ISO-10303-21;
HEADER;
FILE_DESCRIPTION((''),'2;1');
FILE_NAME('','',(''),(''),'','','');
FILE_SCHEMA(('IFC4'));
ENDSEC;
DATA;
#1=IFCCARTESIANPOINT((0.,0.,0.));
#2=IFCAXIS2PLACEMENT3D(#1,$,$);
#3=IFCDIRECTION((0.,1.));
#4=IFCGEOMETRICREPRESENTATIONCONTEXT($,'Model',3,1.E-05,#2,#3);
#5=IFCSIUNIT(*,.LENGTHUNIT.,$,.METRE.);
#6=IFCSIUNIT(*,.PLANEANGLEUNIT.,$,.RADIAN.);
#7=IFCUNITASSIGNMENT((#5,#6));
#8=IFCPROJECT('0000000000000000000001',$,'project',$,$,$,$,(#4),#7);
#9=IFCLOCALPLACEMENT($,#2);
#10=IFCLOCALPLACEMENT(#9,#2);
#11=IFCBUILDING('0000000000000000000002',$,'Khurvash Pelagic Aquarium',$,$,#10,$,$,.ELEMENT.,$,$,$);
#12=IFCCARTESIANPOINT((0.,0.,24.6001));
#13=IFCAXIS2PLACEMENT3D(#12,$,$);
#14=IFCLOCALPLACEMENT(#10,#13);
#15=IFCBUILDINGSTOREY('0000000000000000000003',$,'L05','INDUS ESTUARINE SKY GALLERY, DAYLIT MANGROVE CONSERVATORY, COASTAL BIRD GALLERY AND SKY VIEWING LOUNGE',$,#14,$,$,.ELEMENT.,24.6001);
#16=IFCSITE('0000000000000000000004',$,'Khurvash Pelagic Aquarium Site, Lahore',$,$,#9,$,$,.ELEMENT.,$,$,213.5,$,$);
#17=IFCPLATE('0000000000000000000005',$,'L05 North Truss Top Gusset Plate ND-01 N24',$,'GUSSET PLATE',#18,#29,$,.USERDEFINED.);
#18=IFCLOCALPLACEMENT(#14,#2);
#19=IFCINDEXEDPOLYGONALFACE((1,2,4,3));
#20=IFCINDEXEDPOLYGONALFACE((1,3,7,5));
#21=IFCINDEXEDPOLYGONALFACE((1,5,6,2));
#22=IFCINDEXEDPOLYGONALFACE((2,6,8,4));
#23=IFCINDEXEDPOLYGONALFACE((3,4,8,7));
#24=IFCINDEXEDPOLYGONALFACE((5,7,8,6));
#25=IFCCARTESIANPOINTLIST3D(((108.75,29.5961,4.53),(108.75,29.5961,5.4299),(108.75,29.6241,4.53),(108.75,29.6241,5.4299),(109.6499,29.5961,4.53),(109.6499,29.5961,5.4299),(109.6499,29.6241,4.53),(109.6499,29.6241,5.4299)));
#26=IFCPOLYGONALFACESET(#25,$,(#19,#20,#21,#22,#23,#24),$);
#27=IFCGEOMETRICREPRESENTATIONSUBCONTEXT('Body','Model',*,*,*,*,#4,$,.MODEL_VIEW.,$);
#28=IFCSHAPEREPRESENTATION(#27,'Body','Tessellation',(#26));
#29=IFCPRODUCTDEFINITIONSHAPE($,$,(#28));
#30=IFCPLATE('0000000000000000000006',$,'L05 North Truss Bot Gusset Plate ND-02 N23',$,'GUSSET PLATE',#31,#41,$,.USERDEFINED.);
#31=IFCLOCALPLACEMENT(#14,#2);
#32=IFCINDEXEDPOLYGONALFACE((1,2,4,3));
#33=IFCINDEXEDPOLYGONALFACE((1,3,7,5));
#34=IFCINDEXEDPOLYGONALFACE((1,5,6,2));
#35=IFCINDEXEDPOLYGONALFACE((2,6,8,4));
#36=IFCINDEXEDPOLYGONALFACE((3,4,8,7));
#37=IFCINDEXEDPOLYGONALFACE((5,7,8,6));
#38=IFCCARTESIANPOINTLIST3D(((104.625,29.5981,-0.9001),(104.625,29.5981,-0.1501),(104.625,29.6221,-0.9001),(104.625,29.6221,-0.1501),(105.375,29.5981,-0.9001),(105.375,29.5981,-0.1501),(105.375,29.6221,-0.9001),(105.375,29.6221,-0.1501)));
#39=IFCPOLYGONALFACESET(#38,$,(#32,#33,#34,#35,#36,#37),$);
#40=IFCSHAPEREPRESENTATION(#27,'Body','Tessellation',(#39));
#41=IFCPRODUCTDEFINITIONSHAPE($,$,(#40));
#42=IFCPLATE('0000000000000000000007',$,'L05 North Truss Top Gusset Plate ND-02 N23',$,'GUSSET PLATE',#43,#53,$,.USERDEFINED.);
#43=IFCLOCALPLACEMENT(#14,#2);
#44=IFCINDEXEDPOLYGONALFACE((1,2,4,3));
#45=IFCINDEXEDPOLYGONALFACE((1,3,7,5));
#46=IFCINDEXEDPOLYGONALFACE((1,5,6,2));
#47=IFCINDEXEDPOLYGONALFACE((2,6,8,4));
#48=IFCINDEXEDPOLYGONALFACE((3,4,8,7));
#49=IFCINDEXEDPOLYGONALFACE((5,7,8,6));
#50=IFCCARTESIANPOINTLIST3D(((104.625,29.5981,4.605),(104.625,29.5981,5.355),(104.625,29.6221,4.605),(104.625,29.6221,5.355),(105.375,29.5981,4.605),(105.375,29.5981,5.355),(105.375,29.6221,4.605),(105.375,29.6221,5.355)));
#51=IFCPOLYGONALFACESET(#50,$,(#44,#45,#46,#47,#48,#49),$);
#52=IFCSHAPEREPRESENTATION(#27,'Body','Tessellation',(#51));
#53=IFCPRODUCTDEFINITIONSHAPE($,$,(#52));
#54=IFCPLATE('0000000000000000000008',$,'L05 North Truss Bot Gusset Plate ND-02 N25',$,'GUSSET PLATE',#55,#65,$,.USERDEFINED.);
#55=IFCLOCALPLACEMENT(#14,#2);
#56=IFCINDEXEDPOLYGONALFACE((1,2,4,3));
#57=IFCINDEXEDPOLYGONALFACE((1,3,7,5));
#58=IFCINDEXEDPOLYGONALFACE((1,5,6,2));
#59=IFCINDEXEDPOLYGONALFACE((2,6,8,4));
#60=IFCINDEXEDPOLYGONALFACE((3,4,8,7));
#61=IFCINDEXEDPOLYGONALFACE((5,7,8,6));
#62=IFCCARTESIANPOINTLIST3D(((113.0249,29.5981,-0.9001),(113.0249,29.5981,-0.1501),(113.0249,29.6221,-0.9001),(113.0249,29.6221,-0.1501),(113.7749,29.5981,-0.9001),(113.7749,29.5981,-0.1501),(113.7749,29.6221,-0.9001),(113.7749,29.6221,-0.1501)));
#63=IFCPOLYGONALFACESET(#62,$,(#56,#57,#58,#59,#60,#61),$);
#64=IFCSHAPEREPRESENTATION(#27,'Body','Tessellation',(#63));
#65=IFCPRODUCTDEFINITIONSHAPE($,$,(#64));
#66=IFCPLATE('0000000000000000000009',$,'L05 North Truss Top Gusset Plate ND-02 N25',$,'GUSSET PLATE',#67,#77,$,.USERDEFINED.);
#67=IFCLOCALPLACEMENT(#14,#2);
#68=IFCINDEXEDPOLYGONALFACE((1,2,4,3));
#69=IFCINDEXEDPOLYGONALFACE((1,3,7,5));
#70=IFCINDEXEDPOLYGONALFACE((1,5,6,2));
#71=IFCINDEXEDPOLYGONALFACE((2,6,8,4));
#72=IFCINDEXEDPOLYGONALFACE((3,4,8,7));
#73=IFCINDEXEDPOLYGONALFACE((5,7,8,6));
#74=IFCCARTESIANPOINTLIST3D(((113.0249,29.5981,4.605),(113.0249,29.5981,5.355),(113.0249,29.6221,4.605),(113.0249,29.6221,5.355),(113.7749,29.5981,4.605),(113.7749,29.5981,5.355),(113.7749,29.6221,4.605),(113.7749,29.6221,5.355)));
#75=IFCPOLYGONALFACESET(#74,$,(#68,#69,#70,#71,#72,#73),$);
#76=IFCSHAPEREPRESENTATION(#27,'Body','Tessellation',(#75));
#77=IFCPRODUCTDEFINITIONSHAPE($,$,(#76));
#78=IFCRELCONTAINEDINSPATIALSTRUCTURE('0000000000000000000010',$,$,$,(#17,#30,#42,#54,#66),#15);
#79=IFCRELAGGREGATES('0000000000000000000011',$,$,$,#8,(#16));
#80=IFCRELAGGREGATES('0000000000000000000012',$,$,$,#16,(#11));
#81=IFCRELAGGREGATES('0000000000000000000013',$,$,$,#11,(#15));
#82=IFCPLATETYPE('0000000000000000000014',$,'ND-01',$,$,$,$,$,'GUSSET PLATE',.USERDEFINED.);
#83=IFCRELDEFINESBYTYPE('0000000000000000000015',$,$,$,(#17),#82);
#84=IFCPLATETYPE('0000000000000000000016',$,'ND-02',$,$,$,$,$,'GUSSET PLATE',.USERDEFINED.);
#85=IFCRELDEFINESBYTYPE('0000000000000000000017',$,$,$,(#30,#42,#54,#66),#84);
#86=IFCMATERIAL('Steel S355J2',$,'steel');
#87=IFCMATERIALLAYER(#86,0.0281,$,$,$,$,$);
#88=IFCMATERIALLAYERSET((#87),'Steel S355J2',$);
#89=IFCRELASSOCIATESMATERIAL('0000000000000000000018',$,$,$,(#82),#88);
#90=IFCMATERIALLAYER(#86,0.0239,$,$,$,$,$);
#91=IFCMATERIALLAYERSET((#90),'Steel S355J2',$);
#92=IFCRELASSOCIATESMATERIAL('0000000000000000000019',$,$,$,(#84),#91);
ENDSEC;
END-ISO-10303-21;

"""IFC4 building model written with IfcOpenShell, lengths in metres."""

from ifc_helpers import new_model, si_unit, direction, frame, origin, origin_2d, place, context, subcontext, project, spatial, rectangle, extrude, material, layer, layer_set, type_object, element, save


model = new_model("IFC4")

# Units and contexts
model_context = context("Model", 3, precision=1e-05, world=origin(), true_north=direction((0.0, 1.0)))
body_context = subcontext(model_context, "Body", "Model", "MODEL_VIEW")
ifc_project = project(units=[si_unit("LENGTHUNIT", "METRE"), si_unit("PLANEANGLEUNIT", "RADIAN")], contexts=[model_context])

# Site, building, storey
site_placement = place(None, origin())
site = spatial("IfcSite", under=ifc_project, at=site_placement, Name="Khurvash Pelagic Aquarium Site, Lahore", CompositionType="ELEMENT", RefElevation=213.5)
building_placement = place(site_placement, origin())
building = spatial("IfcBuilding", under=site, at=building_placement, Name="Khurvash Pelagic Aquarium", CompositionType="ELEMENT")
storey_placement = place(building_placement, frame((0.0, 0.0, 24.6001)))
storey = spatial("IfcBuildingStorey", under=building, at=storey_placement, Name="L05", Description="INDUS ESTUARINE SKY GALLERY, DAYLIT MANGROVE CONSERVATORY, COASTAL BIRD GALLERY AND SKY VIEWING LOUNGE", CompositionType="ELEMENT", Elevation=24.6001)

# Plates
ifc_material_1 = material(Name="Steel S355J2", Category="steel")
ifc_layer_1 = layer(ifc_material_1, 0.0281)
ifc_layer_set_1 = layer_set([ifc_layer_1], Name="Steel S355J2")
plate_type_1 = type_object("IfcPlateType", Name="ND-01", ElementType="GUSSET PLATE", PredefinedType="USERDEFINED", material=ifc_layer_set_1)
for number, where, z_axis, x_axis, name in (
    (1, (109.2, 29.6101, 4.53), (0.0, 0.0, 1.0), (1.0, 0.0, 0.0), "L05 North Truss Top Gusset Plate ND-01 N24"),
):
    element("IfcPlate", number, at=place(storey_placement, frame(where, z_axis=z_axis, x_axis=x_axis)), inside=storey, type_object=plate_type_1, Name=name, ObjectType="GUSSET PLATE", PredefinedType="USERDEFINED", context=body_context, shape_type="SweptSolid", body=[
        extrude(rectangle(XDim=0.8999, YDim=0.0281, at=origin_2d()), origin(), (0.0, 0.0, 1.0), 0.8999),
    ])
ifc_layer_2 = layer(ifc_material_1, 0.0239)
ifc_layer_set_2 = layer_set([ifc_layer_2], Name="Steel S355J2")
plate_type_2 = type_object("IfcPlateType", Name="ND-02", ElementType="GUSSET PLATE", PredefinedType="USERDEFINED", material=ifc_layer_set_2)
for number, where, z_axis, x_axis, name in (
    (2, (105.0, 29.6101, -0.9001), (0.0, 0.0, 1.0), (1.0, 0.0, 0.0), "L05 North Truss Bot Gusset Plate ND-02 N23"),
    (3, (105.0, 29.6101, 4.605), (0.0, 0.0, 1.0), (1.0, 0.0, 0.0), "L05 North Truss Top Gusset Plate ND-02 N23"),
    (4, (113.3999, 29.6101, -0.9001), (0.0, 0.0, 1.0), (1.0, 0.0, 0.0), "L05 North Truss Bot Gusset Plate ND-02 N25"),
    (5, (113.3999, 29.6101, 4.605), (0.0, 0.0, 1.0), (1.0, 0.0, 0.0), "L05 North Truss Top Gusset Plate ND-02 N25"),
):
    element("IfcPlate", number, at=place(storey_placement, frame(where, z_axis=z_axis, x_axis=x_axis)), inside=storey, type_object=plate_type_2, Name=name, ObjectType="GUSSET PLATE", PredefinedType="USERDEFINED", context=body_context, shape_type="SweptSolid", body=[
        extrude(rectangle(XDim=0.75, YDim=0.0239, at=origin_2d()), origin(), (0.0, 0.0, 1.0), 0.75),
    ])

save(model, "model.ifc")
